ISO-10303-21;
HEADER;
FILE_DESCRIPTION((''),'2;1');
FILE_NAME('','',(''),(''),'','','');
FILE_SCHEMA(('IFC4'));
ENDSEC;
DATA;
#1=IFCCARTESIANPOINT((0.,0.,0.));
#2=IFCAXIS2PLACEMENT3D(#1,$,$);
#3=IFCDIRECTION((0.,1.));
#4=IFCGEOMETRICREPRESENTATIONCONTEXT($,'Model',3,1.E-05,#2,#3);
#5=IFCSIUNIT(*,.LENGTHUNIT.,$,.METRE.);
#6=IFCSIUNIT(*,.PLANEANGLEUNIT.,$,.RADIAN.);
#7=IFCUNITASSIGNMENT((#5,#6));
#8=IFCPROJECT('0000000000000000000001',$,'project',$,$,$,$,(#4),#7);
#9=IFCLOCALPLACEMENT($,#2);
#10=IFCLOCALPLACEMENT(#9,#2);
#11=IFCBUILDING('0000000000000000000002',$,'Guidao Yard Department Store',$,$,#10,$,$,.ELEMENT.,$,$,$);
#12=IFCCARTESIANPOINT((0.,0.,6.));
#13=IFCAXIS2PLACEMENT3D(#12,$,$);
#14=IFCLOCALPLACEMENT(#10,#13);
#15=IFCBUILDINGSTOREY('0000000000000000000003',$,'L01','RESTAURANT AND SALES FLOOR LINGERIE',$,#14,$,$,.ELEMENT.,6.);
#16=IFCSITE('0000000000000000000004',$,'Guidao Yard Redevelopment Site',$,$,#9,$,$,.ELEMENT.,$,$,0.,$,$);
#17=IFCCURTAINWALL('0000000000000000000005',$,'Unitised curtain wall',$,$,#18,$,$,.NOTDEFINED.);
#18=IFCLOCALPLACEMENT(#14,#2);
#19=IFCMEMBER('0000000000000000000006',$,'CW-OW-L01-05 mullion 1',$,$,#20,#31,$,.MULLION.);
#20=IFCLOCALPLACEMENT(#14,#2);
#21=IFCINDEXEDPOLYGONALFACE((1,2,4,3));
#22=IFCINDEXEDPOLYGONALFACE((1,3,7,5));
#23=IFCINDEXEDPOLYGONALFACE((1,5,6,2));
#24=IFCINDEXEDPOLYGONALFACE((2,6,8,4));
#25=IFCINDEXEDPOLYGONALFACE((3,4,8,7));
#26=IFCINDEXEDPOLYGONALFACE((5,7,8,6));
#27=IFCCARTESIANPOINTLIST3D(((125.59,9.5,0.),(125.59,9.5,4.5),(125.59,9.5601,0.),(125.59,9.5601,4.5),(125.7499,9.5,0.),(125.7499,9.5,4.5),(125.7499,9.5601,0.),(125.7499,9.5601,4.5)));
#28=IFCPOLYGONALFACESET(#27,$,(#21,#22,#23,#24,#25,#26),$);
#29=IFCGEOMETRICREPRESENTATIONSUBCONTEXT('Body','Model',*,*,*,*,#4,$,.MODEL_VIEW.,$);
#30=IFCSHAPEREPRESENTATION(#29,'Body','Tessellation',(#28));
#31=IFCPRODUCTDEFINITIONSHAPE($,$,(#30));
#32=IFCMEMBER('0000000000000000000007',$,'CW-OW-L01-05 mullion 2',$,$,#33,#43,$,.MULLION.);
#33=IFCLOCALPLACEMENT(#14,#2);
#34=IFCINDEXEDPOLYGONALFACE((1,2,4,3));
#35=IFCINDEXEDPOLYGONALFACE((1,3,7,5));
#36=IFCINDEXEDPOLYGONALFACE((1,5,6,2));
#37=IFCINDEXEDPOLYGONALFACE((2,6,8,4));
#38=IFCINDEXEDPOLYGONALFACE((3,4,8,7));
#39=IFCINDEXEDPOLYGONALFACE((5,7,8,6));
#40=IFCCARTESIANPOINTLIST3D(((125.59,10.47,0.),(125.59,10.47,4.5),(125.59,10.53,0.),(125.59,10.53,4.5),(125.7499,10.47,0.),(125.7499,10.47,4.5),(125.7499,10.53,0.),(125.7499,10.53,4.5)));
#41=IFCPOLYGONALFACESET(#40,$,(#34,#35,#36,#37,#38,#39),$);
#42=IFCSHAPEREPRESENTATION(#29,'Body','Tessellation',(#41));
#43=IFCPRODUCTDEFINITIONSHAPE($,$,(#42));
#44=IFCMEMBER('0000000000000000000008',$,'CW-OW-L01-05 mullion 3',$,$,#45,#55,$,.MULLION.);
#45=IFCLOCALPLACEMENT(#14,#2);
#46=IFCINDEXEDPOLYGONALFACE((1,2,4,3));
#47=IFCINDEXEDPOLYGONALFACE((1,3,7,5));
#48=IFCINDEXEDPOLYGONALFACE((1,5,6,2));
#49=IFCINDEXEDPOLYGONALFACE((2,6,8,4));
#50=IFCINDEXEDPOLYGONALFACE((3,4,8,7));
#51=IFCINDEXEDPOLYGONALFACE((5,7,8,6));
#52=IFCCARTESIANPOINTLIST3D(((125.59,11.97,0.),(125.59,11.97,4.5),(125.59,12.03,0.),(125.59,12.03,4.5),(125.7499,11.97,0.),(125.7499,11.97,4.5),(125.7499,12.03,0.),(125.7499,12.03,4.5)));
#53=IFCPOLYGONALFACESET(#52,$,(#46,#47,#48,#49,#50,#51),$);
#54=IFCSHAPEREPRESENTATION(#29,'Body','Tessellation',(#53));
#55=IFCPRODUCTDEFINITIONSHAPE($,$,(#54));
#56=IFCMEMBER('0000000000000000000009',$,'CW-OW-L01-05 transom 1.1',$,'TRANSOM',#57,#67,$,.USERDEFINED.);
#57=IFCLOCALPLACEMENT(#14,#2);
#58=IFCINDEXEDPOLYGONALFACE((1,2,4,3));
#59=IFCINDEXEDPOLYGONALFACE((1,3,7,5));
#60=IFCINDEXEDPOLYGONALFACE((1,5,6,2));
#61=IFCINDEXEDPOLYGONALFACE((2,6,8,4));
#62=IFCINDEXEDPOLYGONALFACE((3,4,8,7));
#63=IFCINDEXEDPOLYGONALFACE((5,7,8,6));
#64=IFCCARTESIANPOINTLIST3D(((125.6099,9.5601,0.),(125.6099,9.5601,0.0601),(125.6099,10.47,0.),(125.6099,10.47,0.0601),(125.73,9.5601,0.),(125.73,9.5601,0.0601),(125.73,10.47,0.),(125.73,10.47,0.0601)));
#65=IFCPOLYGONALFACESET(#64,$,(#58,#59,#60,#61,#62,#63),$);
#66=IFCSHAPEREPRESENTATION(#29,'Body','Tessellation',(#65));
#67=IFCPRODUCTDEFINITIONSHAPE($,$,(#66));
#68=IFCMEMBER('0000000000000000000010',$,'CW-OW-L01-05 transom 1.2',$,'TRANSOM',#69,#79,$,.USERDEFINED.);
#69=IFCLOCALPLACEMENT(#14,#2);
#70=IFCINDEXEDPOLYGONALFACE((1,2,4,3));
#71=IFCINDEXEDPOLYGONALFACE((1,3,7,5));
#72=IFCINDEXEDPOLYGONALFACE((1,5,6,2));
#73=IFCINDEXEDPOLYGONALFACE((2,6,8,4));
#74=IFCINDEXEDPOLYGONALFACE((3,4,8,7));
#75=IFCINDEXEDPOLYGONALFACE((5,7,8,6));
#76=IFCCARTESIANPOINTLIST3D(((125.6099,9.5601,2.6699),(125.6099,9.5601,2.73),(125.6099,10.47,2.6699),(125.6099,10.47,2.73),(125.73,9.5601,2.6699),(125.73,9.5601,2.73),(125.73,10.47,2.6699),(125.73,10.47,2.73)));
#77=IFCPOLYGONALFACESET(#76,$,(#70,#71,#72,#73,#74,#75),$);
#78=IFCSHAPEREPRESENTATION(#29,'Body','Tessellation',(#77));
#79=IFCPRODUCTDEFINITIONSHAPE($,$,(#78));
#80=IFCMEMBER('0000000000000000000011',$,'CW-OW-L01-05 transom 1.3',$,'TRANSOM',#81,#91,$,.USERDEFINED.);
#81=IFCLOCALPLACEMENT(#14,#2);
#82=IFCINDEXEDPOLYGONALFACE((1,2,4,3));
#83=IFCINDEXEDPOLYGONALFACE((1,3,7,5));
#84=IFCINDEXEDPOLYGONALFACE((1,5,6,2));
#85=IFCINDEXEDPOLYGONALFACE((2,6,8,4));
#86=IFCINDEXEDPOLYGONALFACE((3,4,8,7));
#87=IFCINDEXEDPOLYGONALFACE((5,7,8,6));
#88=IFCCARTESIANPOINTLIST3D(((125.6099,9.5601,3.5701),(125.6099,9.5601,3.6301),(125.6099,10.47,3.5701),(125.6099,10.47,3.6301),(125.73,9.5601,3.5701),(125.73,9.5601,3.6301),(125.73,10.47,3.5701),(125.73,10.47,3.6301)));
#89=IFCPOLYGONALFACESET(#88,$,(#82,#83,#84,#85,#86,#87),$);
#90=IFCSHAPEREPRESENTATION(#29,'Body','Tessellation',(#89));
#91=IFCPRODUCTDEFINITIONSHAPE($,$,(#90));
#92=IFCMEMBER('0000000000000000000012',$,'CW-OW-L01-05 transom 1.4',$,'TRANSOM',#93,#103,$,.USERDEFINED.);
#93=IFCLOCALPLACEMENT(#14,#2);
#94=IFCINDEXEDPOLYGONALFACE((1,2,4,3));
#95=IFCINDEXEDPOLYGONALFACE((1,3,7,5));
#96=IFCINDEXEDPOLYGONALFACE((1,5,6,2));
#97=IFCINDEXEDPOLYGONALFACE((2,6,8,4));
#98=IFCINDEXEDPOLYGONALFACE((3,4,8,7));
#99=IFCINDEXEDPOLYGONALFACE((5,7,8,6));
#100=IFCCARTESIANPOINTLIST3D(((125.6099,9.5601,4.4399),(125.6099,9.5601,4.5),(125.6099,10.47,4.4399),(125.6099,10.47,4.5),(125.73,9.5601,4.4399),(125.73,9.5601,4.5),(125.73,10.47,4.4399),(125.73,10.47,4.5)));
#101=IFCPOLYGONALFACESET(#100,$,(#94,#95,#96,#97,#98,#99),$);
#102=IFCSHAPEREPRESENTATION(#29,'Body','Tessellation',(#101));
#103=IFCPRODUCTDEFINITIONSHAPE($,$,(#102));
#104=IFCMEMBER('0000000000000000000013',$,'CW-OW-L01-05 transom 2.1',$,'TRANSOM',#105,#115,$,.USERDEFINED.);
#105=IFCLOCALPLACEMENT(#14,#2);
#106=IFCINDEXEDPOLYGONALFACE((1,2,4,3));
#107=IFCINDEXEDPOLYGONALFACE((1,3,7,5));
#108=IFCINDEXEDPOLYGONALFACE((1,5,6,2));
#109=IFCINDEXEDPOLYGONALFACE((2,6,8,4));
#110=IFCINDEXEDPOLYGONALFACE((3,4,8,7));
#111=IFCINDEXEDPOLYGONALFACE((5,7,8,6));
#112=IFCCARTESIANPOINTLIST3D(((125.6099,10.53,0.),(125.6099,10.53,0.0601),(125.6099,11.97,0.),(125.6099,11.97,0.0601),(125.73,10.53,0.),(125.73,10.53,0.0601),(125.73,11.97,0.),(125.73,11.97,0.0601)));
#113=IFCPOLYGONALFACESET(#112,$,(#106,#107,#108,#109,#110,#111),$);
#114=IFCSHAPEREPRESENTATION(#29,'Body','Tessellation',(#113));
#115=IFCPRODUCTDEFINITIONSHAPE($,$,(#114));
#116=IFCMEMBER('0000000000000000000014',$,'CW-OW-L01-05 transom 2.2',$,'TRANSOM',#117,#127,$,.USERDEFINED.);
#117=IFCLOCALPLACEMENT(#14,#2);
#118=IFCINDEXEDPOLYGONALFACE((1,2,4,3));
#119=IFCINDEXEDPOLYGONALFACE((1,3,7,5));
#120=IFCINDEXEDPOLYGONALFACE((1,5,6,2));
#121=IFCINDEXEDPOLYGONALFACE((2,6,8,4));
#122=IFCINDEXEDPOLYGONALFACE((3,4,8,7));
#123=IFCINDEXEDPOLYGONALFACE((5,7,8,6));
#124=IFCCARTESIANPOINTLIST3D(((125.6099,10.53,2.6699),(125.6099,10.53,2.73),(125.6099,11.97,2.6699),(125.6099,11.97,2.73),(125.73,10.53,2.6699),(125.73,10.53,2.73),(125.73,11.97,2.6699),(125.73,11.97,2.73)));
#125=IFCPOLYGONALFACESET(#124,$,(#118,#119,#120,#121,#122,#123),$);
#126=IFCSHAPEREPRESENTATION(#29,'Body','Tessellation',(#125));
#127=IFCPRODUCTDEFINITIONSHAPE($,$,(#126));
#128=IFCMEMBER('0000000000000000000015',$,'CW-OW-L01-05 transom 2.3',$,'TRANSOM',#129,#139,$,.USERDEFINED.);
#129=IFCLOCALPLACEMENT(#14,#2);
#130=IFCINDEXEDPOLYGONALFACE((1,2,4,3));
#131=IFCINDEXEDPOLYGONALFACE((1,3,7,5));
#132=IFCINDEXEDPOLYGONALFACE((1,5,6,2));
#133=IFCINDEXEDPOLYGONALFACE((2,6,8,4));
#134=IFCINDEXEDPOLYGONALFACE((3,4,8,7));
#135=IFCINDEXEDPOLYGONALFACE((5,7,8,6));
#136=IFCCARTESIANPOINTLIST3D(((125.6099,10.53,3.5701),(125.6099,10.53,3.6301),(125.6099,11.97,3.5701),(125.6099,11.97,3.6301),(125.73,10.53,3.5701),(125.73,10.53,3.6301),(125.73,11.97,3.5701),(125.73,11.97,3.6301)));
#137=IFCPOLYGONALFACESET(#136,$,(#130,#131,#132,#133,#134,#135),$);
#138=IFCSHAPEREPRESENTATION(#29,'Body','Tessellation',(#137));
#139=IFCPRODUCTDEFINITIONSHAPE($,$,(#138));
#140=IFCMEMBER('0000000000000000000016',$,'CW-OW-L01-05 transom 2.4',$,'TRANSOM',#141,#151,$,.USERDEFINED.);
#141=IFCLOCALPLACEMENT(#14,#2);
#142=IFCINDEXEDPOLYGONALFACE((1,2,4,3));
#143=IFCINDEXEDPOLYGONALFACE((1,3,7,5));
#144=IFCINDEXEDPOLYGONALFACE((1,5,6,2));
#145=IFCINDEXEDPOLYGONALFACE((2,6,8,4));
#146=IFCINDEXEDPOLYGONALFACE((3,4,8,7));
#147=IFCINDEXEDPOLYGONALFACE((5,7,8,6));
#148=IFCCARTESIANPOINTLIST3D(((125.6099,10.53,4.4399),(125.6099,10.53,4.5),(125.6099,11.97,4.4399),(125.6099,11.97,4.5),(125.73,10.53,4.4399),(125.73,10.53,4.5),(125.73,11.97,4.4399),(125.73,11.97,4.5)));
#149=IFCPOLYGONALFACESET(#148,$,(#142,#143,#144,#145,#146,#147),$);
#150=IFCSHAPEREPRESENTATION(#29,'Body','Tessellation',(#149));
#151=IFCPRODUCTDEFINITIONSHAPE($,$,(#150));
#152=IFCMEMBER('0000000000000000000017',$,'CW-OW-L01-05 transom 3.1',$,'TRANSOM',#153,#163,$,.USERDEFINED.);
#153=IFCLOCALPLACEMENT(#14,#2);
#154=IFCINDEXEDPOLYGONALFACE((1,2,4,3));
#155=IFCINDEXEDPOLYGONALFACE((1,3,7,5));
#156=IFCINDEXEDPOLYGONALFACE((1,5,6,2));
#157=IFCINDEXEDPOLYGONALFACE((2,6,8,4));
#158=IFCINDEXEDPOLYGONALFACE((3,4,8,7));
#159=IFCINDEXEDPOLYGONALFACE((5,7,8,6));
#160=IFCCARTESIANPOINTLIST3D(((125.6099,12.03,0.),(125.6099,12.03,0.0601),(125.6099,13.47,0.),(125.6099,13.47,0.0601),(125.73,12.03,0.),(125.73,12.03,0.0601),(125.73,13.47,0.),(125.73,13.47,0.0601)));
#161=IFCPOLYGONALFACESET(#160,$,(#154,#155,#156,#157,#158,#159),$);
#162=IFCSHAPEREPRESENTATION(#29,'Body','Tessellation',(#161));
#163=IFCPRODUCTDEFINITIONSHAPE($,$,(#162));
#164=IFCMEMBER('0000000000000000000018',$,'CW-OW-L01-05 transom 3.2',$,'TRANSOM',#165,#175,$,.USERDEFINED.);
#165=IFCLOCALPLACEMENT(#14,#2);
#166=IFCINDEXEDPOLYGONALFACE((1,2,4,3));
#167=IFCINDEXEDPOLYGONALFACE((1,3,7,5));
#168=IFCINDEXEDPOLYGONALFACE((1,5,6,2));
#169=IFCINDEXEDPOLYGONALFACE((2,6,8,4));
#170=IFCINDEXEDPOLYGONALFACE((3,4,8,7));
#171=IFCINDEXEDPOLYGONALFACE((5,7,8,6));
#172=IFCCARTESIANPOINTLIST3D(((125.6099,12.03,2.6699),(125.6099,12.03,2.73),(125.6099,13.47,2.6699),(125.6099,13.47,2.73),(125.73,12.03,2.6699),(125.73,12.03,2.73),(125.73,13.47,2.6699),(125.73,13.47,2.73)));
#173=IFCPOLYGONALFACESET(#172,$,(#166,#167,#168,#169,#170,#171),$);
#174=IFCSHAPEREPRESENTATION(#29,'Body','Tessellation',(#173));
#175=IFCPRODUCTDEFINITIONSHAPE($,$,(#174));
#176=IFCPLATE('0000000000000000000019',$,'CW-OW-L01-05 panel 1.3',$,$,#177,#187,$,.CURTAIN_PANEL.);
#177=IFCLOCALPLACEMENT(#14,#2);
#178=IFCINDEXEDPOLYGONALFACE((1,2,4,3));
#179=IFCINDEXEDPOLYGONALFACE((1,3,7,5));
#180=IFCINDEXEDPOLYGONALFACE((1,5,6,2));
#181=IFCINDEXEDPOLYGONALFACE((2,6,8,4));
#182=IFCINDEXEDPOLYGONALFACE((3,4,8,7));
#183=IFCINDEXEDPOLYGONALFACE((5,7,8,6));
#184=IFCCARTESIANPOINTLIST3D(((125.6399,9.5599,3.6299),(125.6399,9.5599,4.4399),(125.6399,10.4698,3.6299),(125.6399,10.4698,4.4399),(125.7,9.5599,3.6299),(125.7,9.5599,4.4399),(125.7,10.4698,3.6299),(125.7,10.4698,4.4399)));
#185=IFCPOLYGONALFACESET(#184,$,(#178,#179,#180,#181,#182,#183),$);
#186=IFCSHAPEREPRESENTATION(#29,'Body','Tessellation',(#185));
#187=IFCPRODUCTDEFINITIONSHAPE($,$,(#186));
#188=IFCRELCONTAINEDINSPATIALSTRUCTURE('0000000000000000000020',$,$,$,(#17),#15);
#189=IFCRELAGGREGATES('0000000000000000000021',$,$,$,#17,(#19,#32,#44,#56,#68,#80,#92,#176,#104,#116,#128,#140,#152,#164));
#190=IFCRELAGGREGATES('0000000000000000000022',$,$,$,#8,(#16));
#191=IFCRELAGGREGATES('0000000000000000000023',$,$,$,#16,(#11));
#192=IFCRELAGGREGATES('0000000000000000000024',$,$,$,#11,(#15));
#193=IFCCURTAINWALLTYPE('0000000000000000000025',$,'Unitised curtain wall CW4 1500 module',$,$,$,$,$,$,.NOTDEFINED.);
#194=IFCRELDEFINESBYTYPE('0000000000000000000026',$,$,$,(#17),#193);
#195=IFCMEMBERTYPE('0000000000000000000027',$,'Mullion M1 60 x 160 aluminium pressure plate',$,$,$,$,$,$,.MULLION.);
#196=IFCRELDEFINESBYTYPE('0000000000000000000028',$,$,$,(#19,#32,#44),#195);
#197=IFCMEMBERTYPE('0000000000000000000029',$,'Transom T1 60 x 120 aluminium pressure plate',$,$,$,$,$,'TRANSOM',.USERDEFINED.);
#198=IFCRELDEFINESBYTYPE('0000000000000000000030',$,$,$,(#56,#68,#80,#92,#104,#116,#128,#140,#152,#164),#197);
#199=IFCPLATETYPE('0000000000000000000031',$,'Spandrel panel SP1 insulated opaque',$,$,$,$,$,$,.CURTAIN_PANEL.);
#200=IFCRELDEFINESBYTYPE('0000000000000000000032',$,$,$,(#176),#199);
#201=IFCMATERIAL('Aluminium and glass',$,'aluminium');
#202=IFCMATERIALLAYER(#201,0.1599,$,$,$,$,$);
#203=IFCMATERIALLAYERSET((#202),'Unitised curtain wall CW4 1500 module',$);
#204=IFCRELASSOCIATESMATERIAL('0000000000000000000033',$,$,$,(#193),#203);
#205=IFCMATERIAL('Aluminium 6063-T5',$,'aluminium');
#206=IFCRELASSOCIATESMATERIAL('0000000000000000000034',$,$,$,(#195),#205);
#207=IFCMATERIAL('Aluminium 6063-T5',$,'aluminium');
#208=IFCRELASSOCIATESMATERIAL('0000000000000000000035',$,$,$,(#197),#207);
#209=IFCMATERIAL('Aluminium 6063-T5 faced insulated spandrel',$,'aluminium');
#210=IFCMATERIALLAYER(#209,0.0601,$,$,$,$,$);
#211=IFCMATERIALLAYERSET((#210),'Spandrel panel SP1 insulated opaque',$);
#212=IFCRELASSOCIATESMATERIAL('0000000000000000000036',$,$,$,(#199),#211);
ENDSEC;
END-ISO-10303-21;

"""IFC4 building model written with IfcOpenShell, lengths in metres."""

from ifc_helpers import new_model, si_unit, direction, frame, origin, origin_2d, place, context, subcontext, project, spatial, rectangle, extrude, material, layer, layer_set, material_profile, profile_set, type_object, element, aggregate, save


model = new_model("IFC4")

# Units and contexts
model_context = context("Model", 3, precision=1e-05, world=origin(), true_north=direction((0.0, 1.0)))
body_context = subcontext(model_context, "Body", "Model", "MODEL_VIEW")
ifc_project = project(units=[si_unit("LENGTHUNIT", "METRE"), si_unit("PLANEANGLEUNIT", "RADIAN")], contexts=[model_context])

# Site, building, storey
site_placement = place(None, origin())
site = spatial("IfcSite", under=ifc_project, at=site_placement, Name="Guidao Yard Redevelopment Site", CompositionType="ELEMENT", RefElevation=0.0)
building_placement = place(site_placement, origin())
building = spatial("IfcBuilding", under=site, at=building_placement, Name="Guidao Yard Department Store", CompositionType="ELEMENT")
storey_placement = place(building_placement, frame((0.0, 0.0, 6.0)))
storey = spatial("IfcBuildingStorey", under=building, at=storey_placement, Name="L01", Description="RESTAURANT AND SALES FLOOR LINGERIE", CompositionType="ELEMENT", Elevation=6.0)

# Curtain wall, members, plate
ifc_material_1 = material(Name="Aluminium and glass", Category="aluminium")
ifc_layer_1 = layer(ifc_material_1, 0.1599)
ifc_layer_set_1 = layer_set([ifc_layer_1], Name="Unitised curtain wall CW4 1500 module")
curtain_wall_type = type_object("IfcCurtainWallType", Name="Unitised curtain wall CW4 1500 module", PredefinedType="NOTDEFINED", material=ifc_layer_set_1)
curtain_wall_placement = place(storey_placement, origin())
curtain_wall = element("IfcCurtainWall", 1, at=curtain_wall_placement, inside=storey, type_object=curtain_wall_type, Name="Unitised curtain wall", PredefinedType="NOTDEFINED")
ifc_material_2 = material(Name="Aluminium 6063-T5", Category="aluminium")
ifc_material_profile_1 = material_profile(ifc_material_2, rectangle(XDim=0.0601, YDim=0.1599, at=origin_2d()), Name="Mullion M1 60 x 160 aluminium pressure plate")
ifc_profile_set_1 = profile_set([ifc_material_profile_1], Name="Aluminium 6063-T5")
member_type_1 = type_object("IfcMemberType", Name="Mullion M1 60 x 160 aluminium pressure plate", PredefinedType="MULLION", material=ifc_profile_set_1)
member_1_placement = place(storey_placement, frame((125.6699, 9.53, 0.0), z_axis=(0.0, 0.0, 1.0), x_axis=(0.0, 1.0, 0.0)))
member_1 = element("IfcMember", 2, at=member_1_placement, type_object=member_type_1, Name="CW-OW-L01-05 mullion 1", PredefinedType="MULLION", context=body_context, shape_type="SweptSolid", body=[
    extrude(rectangle(XDim=0.0601, YDim=0.1599, at=origin_2d()), origin(), (0.0, 0.0, 1.0), 4.5),
])
member_2_placement = place(storey_placement, frame((125.6699, 10.5, 0.0), z_axis=(0.0, 0.0, 1.0), x_axis=(0.0, 1.0, 0.0)))
member_2 = element("IfcMember", 3, at=member_2_placement, type_object=member_type_1, Name="CW-OW-L01-05 mullion 2", PredefinedType="MULLION", context=body_context, shape_type="SweptSolid", body=[
    extrude(rectangle(XDim=0.0601, YDim=0.1599, at=origin_2d()), origin(), (0.0, 0.0, 1.0), 4.5),
])
member_3_placement = place(storey_placement, frame((125.6699, 12.0, 0.0), z_axis=(0.0, 0.0, 1.0), x_axis=(0.0, 1.0, 0.0)))
member_3 = element("IfcMember", 4, at=member_3_placement, type_object=member_type_1, Name="CW-OW-L01-05 mullion 3", PredefinedType="MULLION", context=body_context, shape_type="SweptSolid", body=[
    extrude(rectangle(XDim=0.0601, YDim=0.1599, at=origin_2d()), origin(), (0.0, 0.0, 1.0), 4.5),
])
ifc_material_3 = material(Name="Aluminium 6063-T5", Category="aluminium")
ifc_material_profile_2 = material_profile(ifc_material_3, rectangle(XDim=0.1201, YDim=0.0601, at=origin_2d()), Name="Transom T1 60 x 120 aluminium pressure plate")
ifc_profile_set_2 = profile_set([ifc_material_profile_2], Name="Aluminium 6063-T5")
member_type_2 = type_object("IfcMemberType", Name="Transom T1 60 x 120 aluminium pressure plate", ElementType="TRANSOM", PredefinedType="USERDEFINED", material=ifc_profile_set_2)
member_4_placement = place(storey_placement, frame((125.6699, 9.5601, 0.03), z_axis=(0.0, 1.0, 0.0), x_axis=(-1.0, 0.0, 0.0)))
member_4 = element("IfcMember", 5, at=member_4_placement, type_object=member_type_2, Name="CW-OW-L01-05 transom 1.1", ObjectType="TRANSOM", PredefinedType="USERDEFINED", context=body_context, shape_type="SweptSolid", body=[
    extrude(rectangle(XDim=0.1201, YDim=0.0601, at=origin_2d()), origin(), (0.0, 0.0, 1.0), 0.9099),
])
member_5_placement = place(storey_placement, frame((125.6699, 9.5601, 2.7), z_axis=(0.0, 1.0, 0.0), x_axis=(-1.0, 0.0, 0.0)))
member_5 = element("IfcMember", 6, at=member_5_placement, type_object=member_type_2, Name="CW-OW-L01-05 transom 1.2", ObjectType="TRANSOM", PredefinedType="USERDEFINED", context=body_context, shape_type="SweptSolid", body=[
    extrude(rectangle(XDim=0.1201, YDim=0.0601, at=origin_2d()), origin(), (0.0, 0.0, 1.0), 0.9099),
])
member_6_placement = place(storey_placement, frame((125.6699, 9.5601, 3.6001), z_axis=(0.0, 1.0, 0.0), x_axis=(-1.0, 0.0, 0.0)))
member_6 = element("IfcMember", 7, at=member_6_placement, type_object=member_type_2, Name="CW-OW-L01-05 transom 1.3", ObjectType="TRANSOM", PredefinedType="USERDEFINED", context=body_context, shape_type="SweptSolid", body=[
    extrude(rectangle(XDim=0.1201, YDim=0.0601, at=origin_2d()), origin(), (0.0, 0.0, 1.0), 0.9099),
])
member_7_placement = place(storey_placement, frame((125.6699, 9.5601, 4.47), z_axis=(0.0, 1.0, 0.0), x_axis=(-1.0, 0.0, 0.0)))
member_7 = element("IfcMember", 8, at=member_7_placement, type_object=member_type_2, Name="CW-OW-L01-05 transom 1.4", ObjectType="TRANSOM", PredefinedType="USERDEFINED", context=body_context, shape_type="SweptSolid", body=[
    extrude(rectangle(XDim=0.1201, YDim=0.0601, at=origin_2d()), origin(), (0.0, 0.0, 1.0), 0.9099),
])
member_8_placement = place(storey_placement, frame((125.6699, 10.53, 0.03), z_axis=(0.0, 1.0, 0.0), x_axis=(-1.0, 0.0, 0.0)))
member_8 = element("IfcMember", 9, at=member_8_placement, type_object=member_type_2, Name="CW-OW-L01-05 transom 2.1", ObjectType="TRANSOM", PredefinedType="USERDEFINED", context=body_context, shape_type="SweptSolid", body=[
    extrude(rectangle(XDim=0.1201, YDim=0.0601, at=origin_2d()), origin(), (0.0, 0.0, 1.0), 1.4399),
])
member_9_placement = place(storey_placement, frame((125.6699, 10.53, 2.7), z_axis=(0.0, 1.0, 0.0), x_axis=(-1.0, 0.0, 0.0)))
member_9 = element("IfcMember", 10, at=member_9_placement, type_object=member_type_2, Name="CW-OW-L01-05 transom 2.2", ObjectType="TRANSOM", PredefinedType="USERDEFINED", context=body_context, shape_type="SweptSolid", body=[
    extrude(rectangle(XDim=0.1201, YDim=0.0601, at=origin_2d()), origin(), (0.0, 0.0, 1.0), 1.4399),
])
member_10_placement = place(storey_placement, frame((125.6699, 10.53, 3.6001), z_axis=(0.0, 1.0, 0.0), x_axis=(-1.0, 0.0, 0.0)))
member_10 = element("IfcMember", 11, at=member_10_placement, type_object=member_type_2, Name="CW-OW-L01-05 transom 2.3", ObjectType="TRANSOM", PredefinedType="USERDEFINED", context=body_context, shape_type="SweptSolid", body=[
    extrude(rectangle(XDim=0.1201, YDim=0.0601, at=origin_2d()), origin(), (0.0, 0.0, 1.0), 1.4399),
])
member_11_placement = place(storey_placement, frame((125.6699, 10.53, 4.47), z_axis=(0.0, 1.0, 0.0), x_axis=(-1.0, 0.0, 0.0)))
member_11 = element("IfcMember", 12, at=member_11_placement, type_object=member_type_2, Name="CW-OW-L01-05 transom 2.4", ObjectType="TRANSOM", PredefinedType="USERDEFINED", context=body_context, shape_type="SweptSolid", body=[
    extrude(rectangle(XDim=0.1201, YDim=0.0601, at=origin_2d()), origin(), (0.0, 0.0, 1.0), 1.4399),
])
member_12_placement = place(storey_placement, frame((125.6699, 12.03, 0.03), z_axis=(0.0, 1.0, 0.0), x_axis=(-1.0, 0.0, 0.0)))
member_12 = element("IfcMember", 13, at=member_12_placement, type_object=member_type_2, Name="CW-OW-L01-05 transom 3.1", ObjectType="TRANSOM", PredefinedType="USERDEFINED", context=body_context, shape_type="SweptSolid", body=[
    extrude(rectangle(XDim=0.1201, YDim=0.0601, at=origin_2d()), origin(), (0.0, 0.0, 1.0), 1.4399),
])
member_13_placement = place(storey_placement, frame((125.6699, 12.03, 2.7), z_axis=(0.0, 1.0, 0.0), x_axis=(-1.0, 0.0, 0.0)))
member_13 = element("IfcMember", 14, at=member_13_placement, type_object=member_type_2, Name="CW-OW-L01-05 transom 3.2", ObjectType="TRANSOM", PredefinedType="USERDEFINED", context=body_context, shape_type="SweptSolid", body=[
    extrude(rectangle(XDim=0.1201, YDim=0.0601, at=origin_2d()), origin(), (0.0, 0.0, 1.0), 1.4399),
])
ifc_material_4 = material(Name="Aluminium 6063-T5 faced insulated spandrel", Category="aluminium")
ifc_layer_2 = layer(ifc_material_4, 0.0601)
ifc_layer_set_2 = layer_set([ifc_layer_2], Name="Spandrel panel SP1 insulated opaque")
plate_type_1 = type_object("IfcPlateType", Name="Spandrel panel SP1 insulated opaque", PredefinedType="CURTAIN_PANEL", material=ifc_layer_set_2)
plate_1_placement = place(storey_placement, frame((125.6699, 10.0149, 3.6299), z_axis=(0.0, 0.0, 1.0), x_axis=(0.0, 1.0, 0.0)))
plate_1 = element("IfcPlate", 15, at=plate_1_placement, type_object=plate_type_1, Name="CW-OW-L01-05 panel 1.3", PredefinedType="CURTAIN_PANEL", context=body_context, shape_type="SweptSolid", body=[
    extrude(rectangle(XDim=0.9099, YDim=0.0601, at=origin_2d()), origin(), (0.0, 0.0, 1.0), 0.8101),
])
aggregate(curtain_wall, [member_1, member_2, member_3, member_4, member_5, member_6, member_7, plate_1, member_8, member_9, member_10, member_11, member_12, member_13])

save(model, "model.ifc")
